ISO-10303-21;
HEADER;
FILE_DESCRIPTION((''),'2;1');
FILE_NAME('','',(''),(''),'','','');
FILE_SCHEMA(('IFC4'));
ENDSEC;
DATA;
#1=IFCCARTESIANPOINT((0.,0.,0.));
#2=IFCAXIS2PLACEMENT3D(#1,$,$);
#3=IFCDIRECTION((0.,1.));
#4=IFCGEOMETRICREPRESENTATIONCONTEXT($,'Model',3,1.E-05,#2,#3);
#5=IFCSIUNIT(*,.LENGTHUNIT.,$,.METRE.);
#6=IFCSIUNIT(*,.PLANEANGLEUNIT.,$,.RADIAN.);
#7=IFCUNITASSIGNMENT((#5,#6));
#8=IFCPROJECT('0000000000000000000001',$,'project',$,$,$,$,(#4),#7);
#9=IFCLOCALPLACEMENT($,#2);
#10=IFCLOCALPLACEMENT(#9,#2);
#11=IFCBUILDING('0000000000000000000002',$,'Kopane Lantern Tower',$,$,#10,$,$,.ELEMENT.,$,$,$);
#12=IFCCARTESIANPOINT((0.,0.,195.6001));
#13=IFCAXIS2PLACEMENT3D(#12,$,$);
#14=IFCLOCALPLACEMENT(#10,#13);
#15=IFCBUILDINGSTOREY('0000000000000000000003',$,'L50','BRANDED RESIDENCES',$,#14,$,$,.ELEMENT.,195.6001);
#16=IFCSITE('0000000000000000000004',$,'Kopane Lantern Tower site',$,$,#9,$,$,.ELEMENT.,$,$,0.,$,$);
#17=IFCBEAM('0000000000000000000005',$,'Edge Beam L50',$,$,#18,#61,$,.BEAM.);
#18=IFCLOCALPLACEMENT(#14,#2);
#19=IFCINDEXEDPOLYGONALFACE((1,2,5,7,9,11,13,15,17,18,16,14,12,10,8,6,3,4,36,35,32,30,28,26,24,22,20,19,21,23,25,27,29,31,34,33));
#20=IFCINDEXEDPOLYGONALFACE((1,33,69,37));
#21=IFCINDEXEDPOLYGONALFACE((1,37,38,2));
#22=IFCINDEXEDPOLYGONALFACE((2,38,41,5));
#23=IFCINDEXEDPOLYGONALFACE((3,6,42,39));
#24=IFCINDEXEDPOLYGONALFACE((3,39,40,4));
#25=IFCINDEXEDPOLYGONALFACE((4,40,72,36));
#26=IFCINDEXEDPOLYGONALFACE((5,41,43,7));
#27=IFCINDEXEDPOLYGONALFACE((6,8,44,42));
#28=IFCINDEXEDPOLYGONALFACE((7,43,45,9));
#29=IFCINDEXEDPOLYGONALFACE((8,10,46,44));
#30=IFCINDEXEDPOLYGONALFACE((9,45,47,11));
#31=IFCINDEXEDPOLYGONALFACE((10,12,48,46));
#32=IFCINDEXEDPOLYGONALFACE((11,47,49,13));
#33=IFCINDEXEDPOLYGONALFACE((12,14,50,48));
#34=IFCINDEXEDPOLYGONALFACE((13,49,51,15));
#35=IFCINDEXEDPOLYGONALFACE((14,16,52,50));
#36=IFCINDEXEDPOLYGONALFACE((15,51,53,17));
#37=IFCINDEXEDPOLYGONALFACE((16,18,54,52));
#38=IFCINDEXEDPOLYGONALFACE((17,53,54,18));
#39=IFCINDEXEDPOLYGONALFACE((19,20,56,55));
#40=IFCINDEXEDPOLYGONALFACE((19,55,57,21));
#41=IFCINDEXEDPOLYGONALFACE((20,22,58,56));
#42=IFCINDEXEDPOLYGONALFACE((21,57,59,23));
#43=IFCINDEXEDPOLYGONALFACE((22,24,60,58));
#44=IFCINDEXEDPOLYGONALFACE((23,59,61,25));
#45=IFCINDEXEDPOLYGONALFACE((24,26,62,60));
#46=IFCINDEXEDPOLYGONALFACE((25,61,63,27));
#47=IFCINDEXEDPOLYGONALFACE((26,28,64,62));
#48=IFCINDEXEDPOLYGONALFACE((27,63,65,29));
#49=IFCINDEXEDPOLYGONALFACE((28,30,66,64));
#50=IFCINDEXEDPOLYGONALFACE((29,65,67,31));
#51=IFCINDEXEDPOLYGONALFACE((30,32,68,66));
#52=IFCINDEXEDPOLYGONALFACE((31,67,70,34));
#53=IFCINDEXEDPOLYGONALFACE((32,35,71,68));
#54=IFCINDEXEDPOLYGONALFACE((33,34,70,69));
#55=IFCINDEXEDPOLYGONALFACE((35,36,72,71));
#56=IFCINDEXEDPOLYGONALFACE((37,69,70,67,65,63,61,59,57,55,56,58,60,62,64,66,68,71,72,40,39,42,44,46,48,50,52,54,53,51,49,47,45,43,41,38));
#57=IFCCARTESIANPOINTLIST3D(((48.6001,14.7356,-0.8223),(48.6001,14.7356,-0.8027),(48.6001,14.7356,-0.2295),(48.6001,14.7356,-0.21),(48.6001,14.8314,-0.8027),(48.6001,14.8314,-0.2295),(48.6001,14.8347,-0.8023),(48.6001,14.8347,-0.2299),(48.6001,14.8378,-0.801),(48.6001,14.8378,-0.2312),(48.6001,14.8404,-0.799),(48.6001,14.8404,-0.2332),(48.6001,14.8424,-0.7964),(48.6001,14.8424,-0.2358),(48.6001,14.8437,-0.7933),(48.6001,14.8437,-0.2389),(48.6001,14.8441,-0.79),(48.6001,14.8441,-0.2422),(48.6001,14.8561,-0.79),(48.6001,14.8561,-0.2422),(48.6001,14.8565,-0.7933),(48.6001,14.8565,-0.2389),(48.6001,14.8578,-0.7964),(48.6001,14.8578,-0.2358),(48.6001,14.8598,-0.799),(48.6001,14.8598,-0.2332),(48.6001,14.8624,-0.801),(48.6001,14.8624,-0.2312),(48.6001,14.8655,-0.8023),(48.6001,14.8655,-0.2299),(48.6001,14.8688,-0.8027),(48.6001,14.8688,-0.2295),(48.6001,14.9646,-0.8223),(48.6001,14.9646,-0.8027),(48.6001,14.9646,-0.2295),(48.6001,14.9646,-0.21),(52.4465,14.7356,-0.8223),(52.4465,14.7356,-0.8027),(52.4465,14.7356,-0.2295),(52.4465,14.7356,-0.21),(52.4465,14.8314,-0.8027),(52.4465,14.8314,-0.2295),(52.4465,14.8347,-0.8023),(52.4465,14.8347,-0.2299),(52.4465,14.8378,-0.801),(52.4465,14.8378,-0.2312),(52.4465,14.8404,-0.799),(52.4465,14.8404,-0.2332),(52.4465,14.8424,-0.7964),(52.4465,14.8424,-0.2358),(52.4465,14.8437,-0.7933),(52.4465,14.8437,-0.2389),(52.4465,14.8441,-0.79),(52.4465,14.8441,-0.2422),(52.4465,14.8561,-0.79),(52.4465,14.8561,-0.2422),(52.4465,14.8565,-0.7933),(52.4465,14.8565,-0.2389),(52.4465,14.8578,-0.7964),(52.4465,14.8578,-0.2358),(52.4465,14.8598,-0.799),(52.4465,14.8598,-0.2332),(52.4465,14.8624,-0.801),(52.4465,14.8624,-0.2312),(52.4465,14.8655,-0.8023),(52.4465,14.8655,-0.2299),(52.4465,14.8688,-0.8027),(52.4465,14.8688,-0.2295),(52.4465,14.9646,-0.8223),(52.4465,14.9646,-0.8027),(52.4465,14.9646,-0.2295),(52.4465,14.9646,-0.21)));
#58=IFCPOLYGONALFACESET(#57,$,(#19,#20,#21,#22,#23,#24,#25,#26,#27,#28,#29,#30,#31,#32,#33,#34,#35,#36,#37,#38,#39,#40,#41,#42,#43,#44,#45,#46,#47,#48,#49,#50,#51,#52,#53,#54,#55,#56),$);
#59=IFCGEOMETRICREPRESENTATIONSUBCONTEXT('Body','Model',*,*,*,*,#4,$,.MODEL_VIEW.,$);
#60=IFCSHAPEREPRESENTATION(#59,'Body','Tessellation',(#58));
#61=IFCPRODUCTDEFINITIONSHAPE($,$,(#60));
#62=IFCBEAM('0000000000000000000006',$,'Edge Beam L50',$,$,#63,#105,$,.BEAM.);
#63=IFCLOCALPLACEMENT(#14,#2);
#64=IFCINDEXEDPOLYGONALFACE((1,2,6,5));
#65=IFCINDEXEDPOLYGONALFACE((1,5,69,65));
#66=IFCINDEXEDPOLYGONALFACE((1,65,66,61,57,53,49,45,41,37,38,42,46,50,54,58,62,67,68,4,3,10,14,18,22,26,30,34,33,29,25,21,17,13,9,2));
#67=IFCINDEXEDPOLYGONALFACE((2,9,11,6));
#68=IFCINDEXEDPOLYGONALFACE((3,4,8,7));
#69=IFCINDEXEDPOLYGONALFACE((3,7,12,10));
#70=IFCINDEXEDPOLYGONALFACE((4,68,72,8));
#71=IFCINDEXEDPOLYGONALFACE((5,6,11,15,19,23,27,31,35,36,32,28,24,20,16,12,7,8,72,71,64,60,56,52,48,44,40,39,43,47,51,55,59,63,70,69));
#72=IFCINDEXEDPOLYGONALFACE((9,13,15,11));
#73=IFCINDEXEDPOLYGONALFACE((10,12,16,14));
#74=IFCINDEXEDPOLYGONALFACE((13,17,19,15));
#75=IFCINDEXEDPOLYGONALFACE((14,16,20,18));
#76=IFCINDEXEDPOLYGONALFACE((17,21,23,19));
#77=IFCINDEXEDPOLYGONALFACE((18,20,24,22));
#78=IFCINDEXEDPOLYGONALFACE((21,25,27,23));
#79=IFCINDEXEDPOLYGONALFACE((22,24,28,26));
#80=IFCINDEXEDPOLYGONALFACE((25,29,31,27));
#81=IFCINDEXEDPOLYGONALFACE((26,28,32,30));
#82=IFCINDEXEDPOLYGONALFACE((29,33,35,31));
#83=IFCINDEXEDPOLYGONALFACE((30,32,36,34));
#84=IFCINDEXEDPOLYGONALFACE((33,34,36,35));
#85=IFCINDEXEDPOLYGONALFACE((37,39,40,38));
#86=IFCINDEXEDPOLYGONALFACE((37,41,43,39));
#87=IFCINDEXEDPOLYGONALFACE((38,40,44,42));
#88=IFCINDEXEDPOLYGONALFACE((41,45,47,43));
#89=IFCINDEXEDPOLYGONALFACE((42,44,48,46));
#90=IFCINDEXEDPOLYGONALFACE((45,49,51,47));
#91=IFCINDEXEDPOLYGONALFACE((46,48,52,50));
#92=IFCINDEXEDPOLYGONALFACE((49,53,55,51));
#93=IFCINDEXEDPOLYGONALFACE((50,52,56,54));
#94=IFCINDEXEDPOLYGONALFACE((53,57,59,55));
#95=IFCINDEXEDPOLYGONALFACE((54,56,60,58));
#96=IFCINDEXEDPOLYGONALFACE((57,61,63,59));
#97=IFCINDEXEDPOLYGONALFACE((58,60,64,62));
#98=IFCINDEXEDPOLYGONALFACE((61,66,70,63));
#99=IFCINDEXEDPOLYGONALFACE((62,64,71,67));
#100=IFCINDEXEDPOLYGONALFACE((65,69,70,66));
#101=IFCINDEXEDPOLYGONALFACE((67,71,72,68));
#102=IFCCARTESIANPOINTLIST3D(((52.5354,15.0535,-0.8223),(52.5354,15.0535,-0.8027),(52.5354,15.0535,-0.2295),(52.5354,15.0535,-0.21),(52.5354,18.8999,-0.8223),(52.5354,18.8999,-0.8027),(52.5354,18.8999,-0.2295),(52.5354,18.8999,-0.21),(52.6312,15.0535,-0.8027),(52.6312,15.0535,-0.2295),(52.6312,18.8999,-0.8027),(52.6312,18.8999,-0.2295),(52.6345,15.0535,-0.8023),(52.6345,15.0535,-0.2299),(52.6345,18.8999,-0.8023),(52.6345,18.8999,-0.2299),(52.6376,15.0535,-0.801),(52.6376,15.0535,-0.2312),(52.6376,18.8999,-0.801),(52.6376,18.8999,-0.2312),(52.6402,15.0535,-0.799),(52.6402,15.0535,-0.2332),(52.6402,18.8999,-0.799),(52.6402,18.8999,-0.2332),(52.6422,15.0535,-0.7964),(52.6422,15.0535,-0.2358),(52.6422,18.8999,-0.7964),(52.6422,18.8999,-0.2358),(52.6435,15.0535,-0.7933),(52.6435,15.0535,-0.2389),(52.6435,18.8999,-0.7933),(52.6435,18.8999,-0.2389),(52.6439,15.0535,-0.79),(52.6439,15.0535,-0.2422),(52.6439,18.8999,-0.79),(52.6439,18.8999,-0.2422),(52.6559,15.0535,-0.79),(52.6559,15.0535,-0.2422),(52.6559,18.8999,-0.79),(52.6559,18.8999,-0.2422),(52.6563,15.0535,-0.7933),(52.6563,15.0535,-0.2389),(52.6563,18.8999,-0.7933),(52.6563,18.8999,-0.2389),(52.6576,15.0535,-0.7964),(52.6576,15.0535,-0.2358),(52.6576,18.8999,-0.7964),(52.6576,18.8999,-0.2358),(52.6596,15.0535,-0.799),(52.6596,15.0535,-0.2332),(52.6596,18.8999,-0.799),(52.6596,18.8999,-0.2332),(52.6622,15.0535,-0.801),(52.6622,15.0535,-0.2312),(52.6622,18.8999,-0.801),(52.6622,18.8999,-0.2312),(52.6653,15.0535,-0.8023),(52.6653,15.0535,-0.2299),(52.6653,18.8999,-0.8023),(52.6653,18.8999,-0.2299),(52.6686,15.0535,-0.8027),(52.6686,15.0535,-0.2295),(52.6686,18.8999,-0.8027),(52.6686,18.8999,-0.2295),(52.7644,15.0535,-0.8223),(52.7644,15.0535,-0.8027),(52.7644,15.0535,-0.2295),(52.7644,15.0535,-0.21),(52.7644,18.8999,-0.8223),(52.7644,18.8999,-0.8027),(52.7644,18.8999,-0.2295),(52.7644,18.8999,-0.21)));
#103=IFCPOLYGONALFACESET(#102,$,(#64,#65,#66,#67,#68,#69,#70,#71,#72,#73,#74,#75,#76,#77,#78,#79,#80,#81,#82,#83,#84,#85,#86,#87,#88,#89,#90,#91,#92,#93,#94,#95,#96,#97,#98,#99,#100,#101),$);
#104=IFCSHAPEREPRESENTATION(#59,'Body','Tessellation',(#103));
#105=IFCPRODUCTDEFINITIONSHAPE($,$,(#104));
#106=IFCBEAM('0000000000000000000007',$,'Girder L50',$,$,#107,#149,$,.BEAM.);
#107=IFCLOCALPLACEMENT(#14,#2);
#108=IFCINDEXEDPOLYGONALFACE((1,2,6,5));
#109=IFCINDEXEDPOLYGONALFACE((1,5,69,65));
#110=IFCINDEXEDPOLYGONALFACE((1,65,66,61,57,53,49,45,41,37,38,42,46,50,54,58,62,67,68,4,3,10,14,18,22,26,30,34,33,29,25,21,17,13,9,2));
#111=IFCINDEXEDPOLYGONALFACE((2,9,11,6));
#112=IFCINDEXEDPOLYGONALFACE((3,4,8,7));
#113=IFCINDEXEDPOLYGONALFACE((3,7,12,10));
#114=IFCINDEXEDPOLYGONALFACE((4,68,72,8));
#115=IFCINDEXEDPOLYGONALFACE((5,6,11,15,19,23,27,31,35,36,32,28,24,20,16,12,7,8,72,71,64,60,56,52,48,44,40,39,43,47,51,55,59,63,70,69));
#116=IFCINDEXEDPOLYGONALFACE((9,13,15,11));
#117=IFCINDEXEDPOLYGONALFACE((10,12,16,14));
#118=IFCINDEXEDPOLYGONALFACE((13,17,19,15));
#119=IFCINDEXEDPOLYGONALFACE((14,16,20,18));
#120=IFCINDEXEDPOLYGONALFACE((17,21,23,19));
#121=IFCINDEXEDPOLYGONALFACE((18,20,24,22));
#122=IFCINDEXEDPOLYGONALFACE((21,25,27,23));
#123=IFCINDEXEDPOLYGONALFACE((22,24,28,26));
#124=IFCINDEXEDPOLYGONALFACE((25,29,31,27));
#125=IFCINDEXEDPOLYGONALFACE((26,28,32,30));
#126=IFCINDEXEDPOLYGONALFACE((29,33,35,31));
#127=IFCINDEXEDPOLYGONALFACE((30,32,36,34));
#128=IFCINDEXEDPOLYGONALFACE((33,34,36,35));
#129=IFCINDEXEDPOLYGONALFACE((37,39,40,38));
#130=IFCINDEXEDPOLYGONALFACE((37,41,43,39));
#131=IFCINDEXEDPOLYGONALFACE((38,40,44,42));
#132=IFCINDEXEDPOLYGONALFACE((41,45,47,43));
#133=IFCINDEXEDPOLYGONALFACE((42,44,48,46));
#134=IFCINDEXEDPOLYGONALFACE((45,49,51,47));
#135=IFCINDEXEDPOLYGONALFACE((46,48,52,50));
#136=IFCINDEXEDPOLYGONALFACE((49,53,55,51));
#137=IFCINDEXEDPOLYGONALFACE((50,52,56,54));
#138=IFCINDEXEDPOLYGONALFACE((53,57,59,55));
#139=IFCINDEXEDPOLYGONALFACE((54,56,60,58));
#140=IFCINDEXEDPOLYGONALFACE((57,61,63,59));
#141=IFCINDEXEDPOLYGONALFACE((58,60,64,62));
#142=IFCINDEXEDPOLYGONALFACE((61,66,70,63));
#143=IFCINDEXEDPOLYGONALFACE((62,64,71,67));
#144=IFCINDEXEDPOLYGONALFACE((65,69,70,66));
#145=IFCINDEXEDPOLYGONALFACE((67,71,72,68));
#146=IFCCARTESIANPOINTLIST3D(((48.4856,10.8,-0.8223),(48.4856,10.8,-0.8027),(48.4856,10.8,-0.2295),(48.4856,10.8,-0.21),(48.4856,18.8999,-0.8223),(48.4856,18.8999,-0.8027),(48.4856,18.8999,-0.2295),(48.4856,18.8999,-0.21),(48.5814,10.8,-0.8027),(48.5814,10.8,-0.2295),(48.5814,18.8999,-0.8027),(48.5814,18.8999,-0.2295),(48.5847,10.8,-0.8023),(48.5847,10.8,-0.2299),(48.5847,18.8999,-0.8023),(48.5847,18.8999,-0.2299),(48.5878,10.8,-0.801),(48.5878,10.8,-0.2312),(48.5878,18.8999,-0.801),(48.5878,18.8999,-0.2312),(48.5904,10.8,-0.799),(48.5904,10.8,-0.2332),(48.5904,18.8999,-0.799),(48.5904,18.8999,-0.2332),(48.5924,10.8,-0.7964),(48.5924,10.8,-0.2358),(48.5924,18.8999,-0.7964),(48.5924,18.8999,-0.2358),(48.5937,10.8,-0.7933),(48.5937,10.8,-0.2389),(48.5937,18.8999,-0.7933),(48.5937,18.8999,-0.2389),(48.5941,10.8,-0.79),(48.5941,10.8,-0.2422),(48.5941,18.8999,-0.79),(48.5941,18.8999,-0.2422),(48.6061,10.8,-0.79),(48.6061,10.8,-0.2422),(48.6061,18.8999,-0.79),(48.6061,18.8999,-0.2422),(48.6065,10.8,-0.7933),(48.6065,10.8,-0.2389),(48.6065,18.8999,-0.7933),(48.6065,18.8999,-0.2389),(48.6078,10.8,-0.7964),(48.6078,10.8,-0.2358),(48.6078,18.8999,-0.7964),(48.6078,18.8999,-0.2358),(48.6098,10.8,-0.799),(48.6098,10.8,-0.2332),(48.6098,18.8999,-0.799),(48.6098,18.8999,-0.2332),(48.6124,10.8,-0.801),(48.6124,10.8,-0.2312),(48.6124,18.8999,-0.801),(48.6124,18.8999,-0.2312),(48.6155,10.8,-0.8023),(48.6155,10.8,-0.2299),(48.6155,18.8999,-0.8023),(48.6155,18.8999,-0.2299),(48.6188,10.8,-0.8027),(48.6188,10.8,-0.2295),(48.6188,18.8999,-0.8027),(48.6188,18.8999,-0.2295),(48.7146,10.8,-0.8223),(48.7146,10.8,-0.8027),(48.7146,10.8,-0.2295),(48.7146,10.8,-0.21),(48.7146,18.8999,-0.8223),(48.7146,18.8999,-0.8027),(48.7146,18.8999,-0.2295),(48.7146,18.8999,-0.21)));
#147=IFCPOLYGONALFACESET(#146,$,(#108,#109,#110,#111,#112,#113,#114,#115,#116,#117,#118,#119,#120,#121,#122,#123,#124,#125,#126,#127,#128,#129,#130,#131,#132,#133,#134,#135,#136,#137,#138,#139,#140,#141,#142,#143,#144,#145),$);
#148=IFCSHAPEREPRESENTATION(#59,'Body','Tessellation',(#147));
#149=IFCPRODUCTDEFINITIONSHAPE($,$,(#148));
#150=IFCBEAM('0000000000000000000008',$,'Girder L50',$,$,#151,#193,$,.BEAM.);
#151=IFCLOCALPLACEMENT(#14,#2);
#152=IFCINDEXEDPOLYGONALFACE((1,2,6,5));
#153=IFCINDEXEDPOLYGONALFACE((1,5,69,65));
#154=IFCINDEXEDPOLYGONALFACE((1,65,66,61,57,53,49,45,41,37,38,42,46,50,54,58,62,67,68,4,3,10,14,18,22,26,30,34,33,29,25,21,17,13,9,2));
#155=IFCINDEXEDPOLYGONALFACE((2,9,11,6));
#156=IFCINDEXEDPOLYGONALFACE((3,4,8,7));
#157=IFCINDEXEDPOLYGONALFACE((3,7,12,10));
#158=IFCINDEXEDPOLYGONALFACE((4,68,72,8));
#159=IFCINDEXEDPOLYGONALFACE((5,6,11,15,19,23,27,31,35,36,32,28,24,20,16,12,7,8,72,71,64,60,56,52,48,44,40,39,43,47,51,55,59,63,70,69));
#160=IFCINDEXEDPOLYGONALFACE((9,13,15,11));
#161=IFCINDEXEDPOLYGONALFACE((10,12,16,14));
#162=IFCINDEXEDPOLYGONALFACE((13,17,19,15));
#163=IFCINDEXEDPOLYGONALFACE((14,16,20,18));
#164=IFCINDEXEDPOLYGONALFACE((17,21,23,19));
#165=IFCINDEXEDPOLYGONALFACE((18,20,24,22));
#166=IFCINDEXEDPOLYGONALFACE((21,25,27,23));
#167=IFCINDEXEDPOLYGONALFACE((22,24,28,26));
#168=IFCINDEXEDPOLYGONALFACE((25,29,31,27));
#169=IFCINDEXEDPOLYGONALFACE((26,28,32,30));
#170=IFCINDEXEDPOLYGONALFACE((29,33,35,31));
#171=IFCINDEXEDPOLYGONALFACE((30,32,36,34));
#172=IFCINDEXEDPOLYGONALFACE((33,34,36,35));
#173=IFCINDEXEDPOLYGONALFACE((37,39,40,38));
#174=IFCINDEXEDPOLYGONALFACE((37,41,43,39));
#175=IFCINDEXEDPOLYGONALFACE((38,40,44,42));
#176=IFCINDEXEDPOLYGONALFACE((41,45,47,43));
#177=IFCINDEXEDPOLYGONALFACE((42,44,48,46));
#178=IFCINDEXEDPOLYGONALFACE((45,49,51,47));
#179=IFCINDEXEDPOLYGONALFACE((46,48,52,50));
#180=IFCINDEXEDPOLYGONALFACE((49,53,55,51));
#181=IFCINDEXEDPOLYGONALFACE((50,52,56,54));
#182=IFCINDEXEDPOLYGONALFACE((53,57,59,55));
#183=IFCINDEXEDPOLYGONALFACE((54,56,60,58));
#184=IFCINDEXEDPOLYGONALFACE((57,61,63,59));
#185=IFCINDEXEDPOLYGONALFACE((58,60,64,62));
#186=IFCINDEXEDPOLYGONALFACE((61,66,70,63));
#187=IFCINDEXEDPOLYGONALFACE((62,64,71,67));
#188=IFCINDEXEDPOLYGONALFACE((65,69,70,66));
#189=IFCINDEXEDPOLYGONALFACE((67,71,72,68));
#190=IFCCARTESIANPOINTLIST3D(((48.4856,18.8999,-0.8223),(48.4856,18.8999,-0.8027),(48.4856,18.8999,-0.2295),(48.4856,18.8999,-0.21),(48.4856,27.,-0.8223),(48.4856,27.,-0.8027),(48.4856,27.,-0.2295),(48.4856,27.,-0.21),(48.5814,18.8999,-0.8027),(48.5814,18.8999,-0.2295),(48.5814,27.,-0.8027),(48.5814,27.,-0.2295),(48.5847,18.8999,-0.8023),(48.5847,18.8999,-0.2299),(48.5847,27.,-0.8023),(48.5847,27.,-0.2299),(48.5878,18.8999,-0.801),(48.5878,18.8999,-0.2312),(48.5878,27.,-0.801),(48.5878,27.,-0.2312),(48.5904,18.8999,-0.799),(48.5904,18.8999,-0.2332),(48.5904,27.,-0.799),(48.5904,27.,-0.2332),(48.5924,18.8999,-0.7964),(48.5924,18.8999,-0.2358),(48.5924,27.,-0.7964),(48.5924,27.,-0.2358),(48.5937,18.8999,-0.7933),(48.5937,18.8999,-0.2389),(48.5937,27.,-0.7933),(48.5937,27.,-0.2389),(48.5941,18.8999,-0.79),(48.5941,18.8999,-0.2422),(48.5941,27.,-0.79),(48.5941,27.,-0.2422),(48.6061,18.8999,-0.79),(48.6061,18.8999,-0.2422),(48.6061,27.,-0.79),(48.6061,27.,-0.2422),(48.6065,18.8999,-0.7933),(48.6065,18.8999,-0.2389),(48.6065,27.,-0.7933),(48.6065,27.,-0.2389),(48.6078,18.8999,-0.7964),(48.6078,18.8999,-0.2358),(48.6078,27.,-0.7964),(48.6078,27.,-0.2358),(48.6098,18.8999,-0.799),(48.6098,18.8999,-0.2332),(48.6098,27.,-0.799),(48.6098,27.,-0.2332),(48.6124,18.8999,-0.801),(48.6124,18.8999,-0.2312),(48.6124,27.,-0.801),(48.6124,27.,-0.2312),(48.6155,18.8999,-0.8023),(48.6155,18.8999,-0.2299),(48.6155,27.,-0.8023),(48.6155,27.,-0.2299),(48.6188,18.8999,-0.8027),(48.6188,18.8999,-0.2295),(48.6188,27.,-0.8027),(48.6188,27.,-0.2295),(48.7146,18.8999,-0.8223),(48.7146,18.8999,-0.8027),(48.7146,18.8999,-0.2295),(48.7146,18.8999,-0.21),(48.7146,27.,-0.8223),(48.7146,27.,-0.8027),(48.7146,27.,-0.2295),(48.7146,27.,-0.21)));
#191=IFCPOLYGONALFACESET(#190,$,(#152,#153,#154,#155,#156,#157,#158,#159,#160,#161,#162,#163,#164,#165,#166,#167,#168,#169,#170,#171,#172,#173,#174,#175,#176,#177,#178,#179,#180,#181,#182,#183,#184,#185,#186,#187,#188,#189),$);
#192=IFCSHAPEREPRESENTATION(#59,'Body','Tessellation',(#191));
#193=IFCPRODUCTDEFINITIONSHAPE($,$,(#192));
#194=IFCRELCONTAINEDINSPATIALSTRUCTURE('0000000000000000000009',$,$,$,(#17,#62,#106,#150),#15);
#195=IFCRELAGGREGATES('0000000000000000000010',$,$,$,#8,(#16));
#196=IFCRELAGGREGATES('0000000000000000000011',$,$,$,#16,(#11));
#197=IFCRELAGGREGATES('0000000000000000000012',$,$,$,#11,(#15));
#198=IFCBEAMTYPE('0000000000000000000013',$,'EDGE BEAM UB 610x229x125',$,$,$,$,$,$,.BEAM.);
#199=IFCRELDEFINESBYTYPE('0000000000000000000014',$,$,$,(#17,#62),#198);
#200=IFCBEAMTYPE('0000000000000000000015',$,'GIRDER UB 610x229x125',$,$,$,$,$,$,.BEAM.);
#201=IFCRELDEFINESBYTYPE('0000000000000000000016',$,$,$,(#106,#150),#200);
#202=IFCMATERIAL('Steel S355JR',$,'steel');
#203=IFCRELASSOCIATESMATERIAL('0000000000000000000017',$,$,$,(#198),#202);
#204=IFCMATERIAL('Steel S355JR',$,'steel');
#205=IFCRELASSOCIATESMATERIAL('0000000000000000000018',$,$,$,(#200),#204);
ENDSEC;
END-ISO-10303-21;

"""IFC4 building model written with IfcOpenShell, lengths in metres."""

from ifc_helpers import new_model, si_unit, direction, frame, origin, origin_2d, place, context, subcontext, project, spatial, i_section, extrude, material, material_profile, profile_set, type_object, element, save


model = new_model("IFC4")

# Units and contexts
model_context = context("Model", 3, precision=1e-05, world=origin(), true_north=direction((0.0, 1.0)))
body_context = subcontext(model_context, "Body", "Model", "MODEL_VIEW")
ifc_project = project(units=[si_unit("LENGTHUNIT", "METRE"), si_unit("PLANEANGLEUNIT", "RADIAN")], contexts=[model_context])

# Site, building, storey
site_placement = place(None, origin())
site = spatial("IfcSite", under=ifc_project, at=site_placement, Name="Kopane Lantern Tower site", CompositionType="ELEMENT", RefElevation=0.0)
building_placement = place(site_placement, origin())
building = spatial("IfcBuilding", under=site, at=building_placement, Name="Kopane Lantern Tower", CompositionType="ELEMENT")
storey_placement = place(building_placement, frame((0.0, 0.0, 195.6001)))
storey = spatial("IfcBuildingStorey", under=building, at=storey_placement, Name="L50", Description="BRANDED RESIDENCES", CompositionType="ELEMENT", Elevation=195.6001)

# Beams
ifc_material_1 = material(Name="Steel S355JR", Category="steel")
ifc_material_profile_1 = material_profile(ifc_material_1, i_section(OverallWidth=0.229, OverallDepth=0.6123, WebThickness=0.012, FlangeThickness=0.0195, FilletRadius=0.0127, at=origin_2d()), Name="UB 610x229x125")
ifc_profile_set_1 = profile_set([ifc_material_profile_1], Name="Steel S355JR")
beam_type_1 = type_object("IfcBeamType", Name="EDGE BEAM UB 610x229x125", PredefinedType="BEAM", material=ifc_profile_set_1)
for number, where, z_axis, x_axis, name in (
    (1, (52.4465, 14.8501, -0.5161), (-1.0, 0.0, 0.0), (0.0, -1.0, 0.0), "Edge Beam L50"),
    (2, (52.6499, 15.0535, -0.5161), (0.0, 1.0, 0.0), (-1.0, 0.0, 0.0), "Edge Beam L50"),
):
    element("IfcBeam", number, at=place(storey_placement, frame(where, z_axis=z_axis, x_axis=x_axis)), inside=storey, type_object=beam_type_1, Name=name, PredefinedType="BEAM", context=body_context, shape_type="SweptSolid", body=[
        extrude(i_section(OverallWidth=0.229, OverallDepth=0.6123, WebThickness=0.012, FlangeThickness=0.0195, FilletRadius=0.0127, at=origin_2d()), origin(), (0.0, 0.0, 1.0), 3.8464),
    ])
ifc_material_2 = material(Name="Steel S355JR", Category="steel")
ifc_material_profile_2 = material_profile(ifc_material_2, i_section(OverallWidth=0.229, OverallDepth=0.6123, WebThickness=0.012, FlangeThickness=0.0195, FilletRadius=0.0127, at=origin_2d()), Name="UB 610x229x125")
ifc_profile_set_2 = profile_set([ifc_material_profile_2], Name="Steel S355JR")
beam_type_2 = type_object("IfcBeamType", Name="GIRDER UB 610x229x125", PredefinedType="BEAM", material=ifc_profile_set_2)
beam_1_placement = place(storey_placement, frame((48.6001, 10.8, -0.5161), z_axis=(0.0, 1.0, 0.0), x_axis=(-1.0, 0.0, 0.0)))
element("IfcBeam", 3, at=beam_1_placement, inside=storey, type_object=beam_type_2, Name="Girder L50", PredefinedType="BEAM", context=body_context, shape_type="SweptSolid", body=[
    extrude(i_section(OverallWidth=0.229, OverallDepth=0.6123, WebThickness=0.012, FlangeThickness=0.0195, FilletRadius=0.0127, at=origin_2d()), origin(), (0.0, 0.0, 1.0), 8.0999),
])
beam_2_placement = place(storey_placement, frame((48.6001, 18.8999, -0.5161), z_axis=(0.0, 1.0, 0.0), x_axis=(-1.0, 0.0, 0.0)))
element("IfcBeam", 4, at=beam_2_placement, inside=storey, type_object=beam_type_2, Name="Girder L50", PredefinedType="BEAM", context=body_context, shape_type="SweptSolid", body=[
    extrude(i_section(OverallWidth=0.229, OverallDepth=0.6123, WebThickness=0.012, FlangeThickness=0.0195, FilletRadius=0.0127, at=origin_2d()), origin(), (0.0, 0.0, 1.0), 8.1001),
])

save(model, "model.ifc")
